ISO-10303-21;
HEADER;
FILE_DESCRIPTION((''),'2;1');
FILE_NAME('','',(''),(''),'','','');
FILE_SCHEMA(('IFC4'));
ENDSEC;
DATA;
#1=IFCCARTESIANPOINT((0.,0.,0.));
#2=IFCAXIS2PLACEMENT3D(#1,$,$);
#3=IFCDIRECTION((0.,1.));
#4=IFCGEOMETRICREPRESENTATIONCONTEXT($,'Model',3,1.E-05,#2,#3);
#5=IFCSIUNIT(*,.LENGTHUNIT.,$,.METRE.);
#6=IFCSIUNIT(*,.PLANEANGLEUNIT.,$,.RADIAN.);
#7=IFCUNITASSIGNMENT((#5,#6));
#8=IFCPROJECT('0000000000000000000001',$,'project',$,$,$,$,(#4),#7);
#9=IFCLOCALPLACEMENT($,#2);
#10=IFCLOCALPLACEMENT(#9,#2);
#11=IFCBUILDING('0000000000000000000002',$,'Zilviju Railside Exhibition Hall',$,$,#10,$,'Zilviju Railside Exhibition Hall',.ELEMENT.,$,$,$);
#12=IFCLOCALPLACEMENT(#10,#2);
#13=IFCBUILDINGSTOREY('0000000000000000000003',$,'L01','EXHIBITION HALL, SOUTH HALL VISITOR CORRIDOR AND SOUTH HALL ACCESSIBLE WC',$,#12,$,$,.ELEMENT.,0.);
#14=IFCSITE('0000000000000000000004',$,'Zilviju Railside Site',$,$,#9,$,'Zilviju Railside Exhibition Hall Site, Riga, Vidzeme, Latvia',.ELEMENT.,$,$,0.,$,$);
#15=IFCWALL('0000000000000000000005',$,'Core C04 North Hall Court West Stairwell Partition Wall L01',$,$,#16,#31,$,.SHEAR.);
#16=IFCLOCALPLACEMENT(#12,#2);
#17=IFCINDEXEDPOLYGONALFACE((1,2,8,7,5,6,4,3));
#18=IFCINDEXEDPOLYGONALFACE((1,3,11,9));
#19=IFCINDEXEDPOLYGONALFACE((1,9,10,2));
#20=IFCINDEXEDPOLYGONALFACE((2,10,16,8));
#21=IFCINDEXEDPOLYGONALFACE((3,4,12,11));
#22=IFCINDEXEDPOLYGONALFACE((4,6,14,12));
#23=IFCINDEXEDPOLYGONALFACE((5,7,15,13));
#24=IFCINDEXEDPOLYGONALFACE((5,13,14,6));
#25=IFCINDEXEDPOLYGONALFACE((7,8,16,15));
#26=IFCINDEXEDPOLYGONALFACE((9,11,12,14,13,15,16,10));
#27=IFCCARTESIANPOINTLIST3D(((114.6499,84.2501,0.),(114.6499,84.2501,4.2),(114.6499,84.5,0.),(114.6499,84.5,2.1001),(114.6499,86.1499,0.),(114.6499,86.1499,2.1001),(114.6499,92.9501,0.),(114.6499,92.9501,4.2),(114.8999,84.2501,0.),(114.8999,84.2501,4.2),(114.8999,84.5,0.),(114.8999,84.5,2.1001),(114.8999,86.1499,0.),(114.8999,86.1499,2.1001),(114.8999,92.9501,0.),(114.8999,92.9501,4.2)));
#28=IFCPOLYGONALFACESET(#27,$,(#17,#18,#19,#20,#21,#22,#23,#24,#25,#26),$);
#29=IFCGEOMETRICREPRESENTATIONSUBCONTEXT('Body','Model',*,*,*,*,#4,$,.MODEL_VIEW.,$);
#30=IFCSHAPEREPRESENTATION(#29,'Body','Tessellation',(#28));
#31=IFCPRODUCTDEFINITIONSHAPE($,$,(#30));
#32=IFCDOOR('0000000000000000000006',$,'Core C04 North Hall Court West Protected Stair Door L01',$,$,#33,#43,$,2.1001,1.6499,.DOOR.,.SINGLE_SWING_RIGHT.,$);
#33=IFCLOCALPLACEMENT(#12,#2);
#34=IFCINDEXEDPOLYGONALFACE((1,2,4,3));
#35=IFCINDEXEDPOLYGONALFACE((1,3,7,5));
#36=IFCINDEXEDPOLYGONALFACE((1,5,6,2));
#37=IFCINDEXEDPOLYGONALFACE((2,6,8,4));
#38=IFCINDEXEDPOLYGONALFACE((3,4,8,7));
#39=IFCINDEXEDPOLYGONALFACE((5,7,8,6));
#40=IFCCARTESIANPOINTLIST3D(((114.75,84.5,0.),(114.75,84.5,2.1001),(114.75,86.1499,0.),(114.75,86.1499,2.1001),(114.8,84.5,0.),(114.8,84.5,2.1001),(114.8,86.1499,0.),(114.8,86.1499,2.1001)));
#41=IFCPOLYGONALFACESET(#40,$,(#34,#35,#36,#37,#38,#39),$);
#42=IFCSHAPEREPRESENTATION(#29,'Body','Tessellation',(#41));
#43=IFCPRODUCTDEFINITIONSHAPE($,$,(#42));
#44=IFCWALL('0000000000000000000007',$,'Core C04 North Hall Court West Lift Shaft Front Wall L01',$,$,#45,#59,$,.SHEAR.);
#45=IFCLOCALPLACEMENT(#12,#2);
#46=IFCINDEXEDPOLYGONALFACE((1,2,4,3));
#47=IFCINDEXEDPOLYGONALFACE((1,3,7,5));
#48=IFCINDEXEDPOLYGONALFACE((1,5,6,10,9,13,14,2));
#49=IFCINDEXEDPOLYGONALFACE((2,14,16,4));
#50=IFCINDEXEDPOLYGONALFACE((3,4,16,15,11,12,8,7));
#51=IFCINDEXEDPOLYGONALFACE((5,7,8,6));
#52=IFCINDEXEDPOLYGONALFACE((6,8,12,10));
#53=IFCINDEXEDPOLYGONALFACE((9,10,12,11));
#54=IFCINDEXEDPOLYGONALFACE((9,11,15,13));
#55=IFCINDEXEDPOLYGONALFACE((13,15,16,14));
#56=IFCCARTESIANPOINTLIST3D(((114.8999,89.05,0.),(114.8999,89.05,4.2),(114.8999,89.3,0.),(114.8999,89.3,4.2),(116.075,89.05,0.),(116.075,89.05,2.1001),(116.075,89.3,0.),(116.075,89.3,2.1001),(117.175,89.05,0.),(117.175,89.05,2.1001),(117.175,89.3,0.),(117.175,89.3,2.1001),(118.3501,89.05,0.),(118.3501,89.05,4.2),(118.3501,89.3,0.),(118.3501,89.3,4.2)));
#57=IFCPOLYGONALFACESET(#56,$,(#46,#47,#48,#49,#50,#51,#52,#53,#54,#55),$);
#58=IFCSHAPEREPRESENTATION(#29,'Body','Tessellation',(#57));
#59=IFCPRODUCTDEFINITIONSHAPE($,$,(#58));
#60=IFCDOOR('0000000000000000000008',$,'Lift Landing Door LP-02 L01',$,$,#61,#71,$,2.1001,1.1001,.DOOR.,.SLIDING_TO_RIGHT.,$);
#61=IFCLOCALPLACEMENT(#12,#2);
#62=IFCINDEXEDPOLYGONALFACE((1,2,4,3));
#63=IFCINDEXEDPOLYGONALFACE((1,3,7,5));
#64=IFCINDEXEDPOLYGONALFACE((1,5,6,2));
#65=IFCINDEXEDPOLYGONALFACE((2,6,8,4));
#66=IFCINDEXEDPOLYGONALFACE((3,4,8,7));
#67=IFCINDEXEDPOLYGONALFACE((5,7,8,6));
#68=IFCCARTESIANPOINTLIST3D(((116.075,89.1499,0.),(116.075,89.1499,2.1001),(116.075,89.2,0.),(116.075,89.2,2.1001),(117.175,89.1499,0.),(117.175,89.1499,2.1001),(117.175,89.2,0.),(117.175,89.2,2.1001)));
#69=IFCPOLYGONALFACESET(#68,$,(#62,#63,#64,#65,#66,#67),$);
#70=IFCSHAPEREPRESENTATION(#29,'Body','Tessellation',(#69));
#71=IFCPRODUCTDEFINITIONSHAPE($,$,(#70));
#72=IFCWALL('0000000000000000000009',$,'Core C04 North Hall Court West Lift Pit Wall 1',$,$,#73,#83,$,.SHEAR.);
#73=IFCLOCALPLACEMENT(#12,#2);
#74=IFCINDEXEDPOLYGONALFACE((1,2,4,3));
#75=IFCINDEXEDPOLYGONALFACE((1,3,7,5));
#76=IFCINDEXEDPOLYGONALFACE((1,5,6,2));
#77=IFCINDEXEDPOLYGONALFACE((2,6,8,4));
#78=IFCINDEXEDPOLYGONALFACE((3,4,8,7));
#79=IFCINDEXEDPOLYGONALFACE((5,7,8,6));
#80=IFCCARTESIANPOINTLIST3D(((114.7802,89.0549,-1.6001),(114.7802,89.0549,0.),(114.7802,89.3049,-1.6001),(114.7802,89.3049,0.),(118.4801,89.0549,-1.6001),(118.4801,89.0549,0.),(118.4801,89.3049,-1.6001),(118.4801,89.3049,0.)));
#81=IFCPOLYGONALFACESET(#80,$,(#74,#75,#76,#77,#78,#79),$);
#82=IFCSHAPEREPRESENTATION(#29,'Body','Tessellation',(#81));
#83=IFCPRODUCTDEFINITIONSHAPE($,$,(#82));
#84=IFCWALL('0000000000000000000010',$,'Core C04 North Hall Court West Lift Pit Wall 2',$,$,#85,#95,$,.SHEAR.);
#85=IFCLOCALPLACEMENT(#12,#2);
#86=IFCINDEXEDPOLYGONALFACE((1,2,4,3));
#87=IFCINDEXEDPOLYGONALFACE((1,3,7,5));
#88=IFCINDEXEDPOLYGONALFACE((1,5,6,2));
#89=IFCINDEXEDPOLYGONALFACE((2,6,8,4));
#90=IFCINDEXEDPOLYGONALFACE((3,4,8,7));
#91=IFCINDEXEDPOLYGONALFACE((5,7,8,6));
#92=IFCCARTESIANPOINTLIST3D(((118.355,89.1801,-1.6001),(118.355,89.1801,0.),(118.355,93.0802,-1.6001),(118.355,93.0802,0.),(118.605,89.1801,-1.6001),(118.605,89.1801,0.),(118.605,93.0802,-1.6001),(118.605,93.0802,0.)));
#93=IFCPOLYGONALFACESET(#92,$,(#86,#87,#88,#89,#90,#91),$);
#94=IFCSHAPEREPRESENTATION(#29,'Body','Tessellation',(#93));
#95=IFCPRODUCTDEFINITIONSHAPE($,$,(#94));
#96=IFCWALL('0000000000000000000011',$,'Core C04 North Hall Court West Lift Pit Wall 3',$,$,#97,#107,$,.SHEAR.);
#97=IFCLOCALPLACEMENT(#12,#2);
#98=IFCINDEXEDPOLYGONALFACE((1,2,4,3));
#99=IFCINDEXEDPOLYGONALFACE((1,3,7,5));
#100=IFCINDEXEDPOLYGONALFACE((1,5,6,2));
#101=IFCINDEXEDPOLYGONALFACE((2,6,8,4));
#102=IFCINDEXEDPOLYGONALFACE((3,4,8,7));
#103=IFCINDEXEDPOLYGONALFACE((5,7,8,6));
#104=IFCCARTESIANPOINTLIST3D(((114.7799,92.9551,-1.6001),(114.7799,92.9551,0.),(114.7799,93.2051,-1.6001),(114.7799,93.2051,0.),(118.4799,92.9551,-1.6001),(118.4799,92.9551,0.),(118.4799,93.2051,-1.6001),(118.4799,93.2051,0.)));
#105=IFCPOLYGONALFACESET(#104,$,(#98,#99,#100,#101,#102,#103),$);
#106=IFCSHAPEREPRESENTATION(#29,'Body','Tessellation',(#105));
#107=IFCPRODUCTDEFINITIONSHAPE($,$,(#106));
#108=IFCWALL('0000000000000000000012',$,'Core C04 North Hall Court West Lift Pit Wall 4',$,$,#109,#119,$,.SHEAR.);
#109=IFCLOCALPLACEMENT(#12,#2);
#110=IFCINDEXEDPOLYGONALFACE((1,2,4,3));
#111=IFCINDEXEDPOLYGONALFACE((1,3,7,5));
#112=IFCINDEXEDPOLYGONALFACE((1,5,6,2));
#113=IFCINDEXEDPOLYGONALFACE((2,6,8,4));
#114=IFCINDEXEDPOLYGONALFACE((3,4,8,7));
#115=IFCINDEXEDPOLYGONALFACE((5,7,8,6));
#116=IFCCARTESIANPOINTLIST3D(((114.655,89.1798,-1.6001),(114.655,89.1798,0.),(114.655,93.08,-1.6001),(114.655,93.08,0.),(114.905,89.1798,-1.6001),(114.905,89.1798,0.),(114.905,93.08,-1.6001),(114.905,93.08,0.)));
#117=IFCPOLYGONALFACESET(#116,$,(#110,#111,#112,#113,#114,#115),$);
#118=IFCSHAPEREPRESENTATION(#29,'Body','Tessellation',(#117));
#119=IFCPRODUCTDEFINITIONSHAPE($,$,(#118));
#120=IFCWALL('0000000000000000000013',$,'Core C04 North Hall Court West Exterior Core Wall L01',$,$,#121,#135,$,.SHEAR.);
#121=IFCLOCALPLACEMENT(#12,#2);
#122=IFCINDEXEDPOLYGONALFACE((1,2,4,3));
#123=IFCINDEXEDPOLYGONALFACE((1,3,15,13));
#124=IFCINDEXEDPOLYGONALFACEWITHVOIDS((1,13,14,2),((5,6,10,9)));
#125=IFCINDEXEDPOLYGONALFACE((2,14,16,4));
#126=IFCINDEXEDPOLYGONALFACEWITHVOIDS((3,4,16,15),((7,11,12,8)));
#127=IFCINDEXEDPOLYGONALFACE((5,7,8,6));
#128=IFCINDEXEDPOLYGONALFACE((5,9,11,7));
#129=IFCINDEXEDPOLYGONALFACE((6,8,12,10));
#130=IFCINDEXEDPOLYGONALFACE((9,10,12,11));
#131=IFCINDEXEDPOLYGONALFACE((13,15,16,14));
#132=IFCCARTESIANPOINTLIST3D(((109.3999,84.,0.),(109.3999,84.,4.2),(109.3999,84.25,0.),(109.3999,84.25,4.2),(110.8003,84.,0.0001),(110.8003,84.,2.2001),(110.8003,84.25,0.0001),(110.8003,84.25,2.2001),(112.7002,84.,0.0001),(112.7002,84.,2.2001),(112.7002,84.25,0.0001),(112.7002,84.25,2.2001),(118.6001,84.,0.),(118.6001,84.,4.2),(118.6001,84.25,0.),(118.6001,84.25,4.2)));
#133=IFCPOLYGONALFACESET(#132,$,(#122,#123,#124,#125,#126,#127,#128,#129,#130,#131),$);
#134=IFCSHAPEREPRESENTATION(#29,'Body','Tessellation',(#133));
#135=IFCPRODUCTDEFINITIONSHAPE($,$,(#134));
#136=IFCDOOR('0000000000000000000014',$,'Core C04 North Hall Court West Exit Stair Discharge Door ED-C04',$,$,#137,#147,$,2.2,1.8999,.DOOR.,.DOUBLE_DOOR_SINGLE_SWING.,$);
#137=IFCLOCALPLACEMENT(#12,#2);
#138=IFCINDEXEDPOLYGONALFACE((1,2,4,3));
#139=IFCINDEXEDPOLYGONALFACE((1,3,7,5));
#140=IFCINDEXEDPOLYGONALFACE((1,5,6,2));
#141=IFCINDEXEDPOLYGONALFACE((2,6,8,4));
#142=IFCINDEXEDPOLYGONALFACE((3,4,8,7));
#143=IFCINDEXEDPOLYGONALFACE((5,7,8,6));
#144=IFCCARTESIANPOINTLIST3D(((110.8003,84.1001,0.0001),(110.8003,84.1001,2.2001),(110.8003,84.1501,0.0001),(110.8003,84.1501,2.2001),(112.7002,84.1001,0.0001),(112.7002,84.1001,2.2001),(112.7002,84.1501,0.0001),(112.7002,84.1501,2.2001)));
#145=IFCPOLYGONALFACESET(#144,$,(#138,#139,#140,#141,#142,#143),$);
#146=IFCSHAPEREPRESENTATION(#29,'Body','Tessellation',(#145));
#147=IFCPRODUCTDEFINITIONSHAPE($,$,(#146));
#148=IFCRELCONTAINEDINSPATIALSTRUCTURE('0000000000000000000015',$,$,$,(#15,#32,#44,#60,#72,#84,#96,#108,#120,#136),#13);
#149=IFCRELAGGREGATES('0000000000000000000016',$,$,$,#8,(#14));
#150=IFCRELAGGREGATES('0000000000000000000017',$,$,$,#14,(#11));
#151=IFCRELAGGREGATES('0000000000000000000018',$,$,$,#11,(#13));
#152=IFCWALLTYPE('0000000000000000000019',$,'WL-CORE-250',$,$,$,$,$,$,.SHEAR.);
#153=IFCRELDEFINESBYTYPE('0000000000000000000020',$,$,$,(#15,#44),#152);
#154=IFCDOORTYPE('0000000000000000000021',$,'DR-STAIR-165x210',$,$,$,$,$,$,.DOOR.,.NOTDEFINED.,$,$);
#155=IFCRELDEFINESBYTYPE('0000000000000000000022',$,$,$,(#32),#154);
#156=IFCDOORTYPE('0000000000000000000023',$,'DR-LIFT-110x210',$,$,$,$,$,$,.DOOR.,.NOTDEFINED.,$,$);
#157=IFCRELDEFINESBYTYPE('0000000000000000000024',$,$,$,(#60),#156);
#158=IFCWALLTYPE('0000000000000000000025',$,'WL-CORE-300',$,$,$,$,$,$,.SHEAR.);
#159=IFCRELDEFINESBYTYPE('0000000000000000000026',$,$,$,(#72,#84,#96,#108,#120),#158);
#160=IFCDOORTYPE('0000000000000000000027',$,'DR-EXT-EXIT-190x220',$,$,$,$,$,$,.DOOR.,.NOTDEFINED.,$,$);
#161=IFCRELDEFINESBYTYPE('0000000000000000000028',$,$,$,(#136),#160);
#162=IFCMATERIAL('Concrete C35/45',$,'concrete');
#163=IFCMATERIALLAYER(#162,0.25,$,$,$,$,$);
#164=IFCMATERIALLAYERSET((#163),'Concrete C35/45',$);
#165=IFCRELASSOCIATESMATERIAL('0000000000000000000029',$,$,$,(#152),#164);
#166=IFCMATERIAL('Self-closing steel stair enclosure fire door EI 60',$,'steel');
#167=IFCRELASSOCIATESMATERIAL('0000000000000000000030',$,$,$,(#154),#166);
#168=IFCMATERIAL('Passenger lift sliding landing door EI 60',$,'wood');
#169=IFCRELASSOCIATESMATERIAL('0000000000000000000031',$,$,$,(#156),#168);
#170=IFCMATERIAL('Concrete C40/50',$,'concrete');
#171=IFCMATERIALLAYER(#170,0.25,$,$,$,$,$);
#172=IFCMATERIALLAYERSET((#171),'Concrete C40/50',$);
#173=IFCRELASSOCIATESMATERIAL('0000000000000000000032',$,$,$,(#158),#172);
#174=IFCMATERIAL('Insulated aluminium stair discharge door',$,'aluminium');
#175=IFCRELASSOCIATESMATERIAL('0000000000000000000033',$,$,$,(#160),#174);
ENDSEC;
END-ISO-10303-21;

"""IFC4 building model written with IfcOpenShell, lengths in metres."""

from ifc_helpers import new_model, si_unit, direction, frame, frame_2d, origin, place, context, subcontext, project, spatial, rectangle, extrude, material, layer, layer_set, type_object, element, fill, save


model = new_model("IFC4")

# Units and contexts
model_context = context("Model", 3, precision=1e-05, world=origin(), true_north=direction((0.0, 1.0)))
body_context = subcontext(model_context, "Body", "Model", "MODEL_VIEW")
ifc_project = project(units=[si_unit("LENGTHUNIT", "METRE"), si_unit("PLANEANGLEUNIT", "RADIAN")], contexts=[model_context])

# Site, building, storey
site_placement = place(None, origin())
site = spatial("IfcSite", under=ifc_project, at=site_placement, Name="Zilviju Railside Site", LongName="Zilviju Railside Exhibition Hall Site, Riga, Vidzeme, Latvia", CompositionType="ELEMENT", RefElevation=0.0)
building_placement = place(site_placement, origin())
building = spatial("IfcBuilding", under=site, at=building_placement, Name="Zilviju Railside Exhibition Hall", LongName="Zilviju Railside Exhibition Hall", CompositionType="ELEMENT")
storey_placement = place(building_placement, origin())
storey = spatial("IfcBuildingStorey", under=building, at=storey_placement, Name="L01", Description="EXHIBITION HALL, SOUTH HALL VISITOR CORRIDOR AND SOUTH HALL ACCESSIBLE WC", CompositionType="ELEMENT", Elevation=0.0)

# Shared definitions
ifc_material_1 = material(Name="Concrete C35/45", Category="concrete")
ifc_material_2 = material(Name="Concrete C40/50", Category="concrete")

# Shared definitions
ifc_layer_1 = layer(ifc_material_1, 0.25)
ifc_layer_set_1 = layer_set([ifc_layer_1], Name="Concrete C35/45")
wall_type_1 = type_object("IfcWallType", Name="WL-CORE-250", PredefinedType="SHEAR", material=ifc_layer_set_1)

# Walls, openings, doors
wall_1_placement = place(storey_placement, frame((114.7749, 84.25, 0.0), z_axis=(0.0, 0.0, 1.0), x_axis=(0.0, 1.0, 0.0)))
wall_1 = element("IfcWall", 1, at=wall_1_placement, inside=storey, type_object=wall_type_1, Name="Core C04 North Hall Court West Stairwell Partition Wall L01", PredefinedType="SHEAR", context=body_context, shape_type="SweptSolid", body=[
    extrude(rectangle(XDim=8.7, YDim=0.25, at=frame_2d((4.3501, 0.0))), origin(), (0.0, 0.0, 1.0), 4.2),
])
opening_1_placement = place(wall_1_placement, frame((0.25, 0.0, 0.0)))
opening_1 = element("IfcOpeningElement", 2, at=opening_1_placement, cuts=wall_1, PredefinedType="OPENING", context=body_context, shape_type="SweptSolid", body=[
    extrude(rectangle(XDim=1.6499, YDim=2.1001, at=frame_2d((0.825, 1.05))), frame((0.0, 0.135, 0.0), z_axis=(0.0, -1.0, 0.0), x_axis=(1.0, 0.0, 0.0)), (0.0, 0.0, 1.0), 0.27),
])
ifc_material_3 = material(Name="Self-closing steel stair enclosure fire door EI 60", Category="steel")
door_type_1 = type_object("IfcDoorType", Name="DR-STAIR-165x210", OperationType="NOTDEFINED", PredefinedType="DOOR", material=ifc_material_3)
door_1_placement = place(opening_1_placement, origin())
door_1 = element("IfcDoor", 3, at=door_1_placement, inside=storey, type_object=door_type_1, Name="Core C04 North Hall Court West Protected Stair Door L01", OperationType="SINGLE_SWING_RIGHT", OverallHeight=2.1001, OverallWidth=1.6499, PredefinedType="DOOR", context=body_context, shape_type="SweptSolid", body=[
    extrude(rectangle(XDim=1.6499, YDim=2.1001, at=frame_2d((0.825, 1.05))), frame((0.0, 0.0249, 0.0), z_axis=(0.0, -1.0, 0.0), x_axis=(1.0, 0.0, 0.0)), (0.0, 0.0, 1.0), 0.05),
])
fill(opening_1, door_1)
wall_2_placement = place(storey_placement, frame((114.8999, 89.175, 0.0), z_axis=(0.0, 0.0, 1.0), x_axis=(1.0, 0.0, 0.0)))
wall_2 = element("IfcWall", 4, at=wall_2_placement, inside=storey, type_object=wall_type_1, Name="Core C04 North Hall Court West Lift Shaft Front Wall L01", PredefinedType="SHEAR", context=body_context, shape_type="SweptSolid", body=[
    extrude(rectangle(XDim=3.4502, YDim=0.25, at=frame_2d((1.7251, 0.0))), origin(), (0.0, 0.0, 1.0), 4.2),
])
opening_2_placement = place(wall_2_placement, frame((1.175, 0.0, 0.0)))
opening_2 = element("IfcOpeningElement", 5, at=opening_2_placement, cuts=wall_2, PredefinedType="OPENING", context=body_context, shape_type="SweptSolid", body=[
    extrude(rectangle(XDim=1.1001, YDim=2.1001, at=frame_2d((0.55, 1.05))), frame((0.0, 0.135, 0.0), z_axis=(0.0, -1.0, 0.0), x_axis=(1.0, 0.0, 0.0)), (0.0, 0.0, 1.0), 0.27),
])
ifc_material_4 = material(Name="Passenger lift sliding landing door EI 60", Category="wood")
door_type_2 = type_object("IfcDoorType", Name="DR-LIFT-110x210", OperationType="NOTDEFINED", PredefinedType="DOOR", material=ifc_material_4)
door_2_placement = place(opening_2_placement, origin())
door_2 = element("IfcDoor", 6, at=door_2_placement, inside=storey, type_object=door_type_2, Name="Lift Landing Door LP-02 L01", OperationType="SLIDING_TO_RIGHT", OverallHeight=2.1001, OverallWidth=1.1001, PredefinedType="DOOR", context=body_context, shape_type="SweptSolid", body=[
    extrude(rectangle(XDim=1.1001, YDim=2.1001, at=frame_2d((0.55, 1.05))), frame((0.0, 0.0249, 0.0), z_axis=(0.0, -1.0, 0.0), x_axis=(1.0, 0.0, 0.0)), (0.0, 0.0, 1.0), 0.05),
])
fill(opening_2, door_2)

# Walls
ifc_layer_2 = layer(ifc_material_2, 0.25)
ifc_layer_set_2 = layer_set([ifc_layer_2], Name="Concrete C40/50")
wall_type_2 = type_object("IfcWallType", Name="WL-CORE-300", PredefinedType="SHEAR", material=ifc_layer_set_2)
wall_3_placement = place(storey_placement, frame((114.78, 89.1799, -1.6001), z_axis=(0.0, 0.0, 1.0), x_axis=(1.0, 0.0, 0.0)))
element("IfcWall", 7, at=wall_3_placement, inside=storey, type_object=wall_type_2, Name="Core C04 North Hall Court West Lift Pit Wall 1", PredefinedType="SHEAR", context=body_context, shape_type="SweptSolid", body=[
    extrude(rectangle(XDim=3.7, YDim=0.25, at=frame_2d((1.8501, 0.0))), origin(), (0.0, 0.0, 1.0), 1.6001),
])
wall_4_placement = place(storey_placement, frame((118.48, 89.1799, -1.6001), z_axis=(0.0, 0.0, 1.0), x_axis=(0.0, 1.0, 0.0)))
element("IfcWall", 8, at=wall_4_placement, inside=storey, type_object=wall_type_2, Name="Core C04 North Hall Court West Lift Pit Wall 2", PredefinedType="SHEAR", context=body_context, shape_type="SweptSolid", body=[
    extrude(rectangle(XDim=3.9001, YDim=0.25, at=frame_2d((1.9502, 0.0))), origin(), (0.0, 0.0, 1.0), 1.6001),
])
wall_5_placement = place(storey_placement, frame((118.48, 93.0801, -1.6001), z_axis=(0.0, 0.0, 1.0), x_axis=(-1.0, 0.0, 0.0)))
element("IfcWall", 9, at=wall_5_placement, inside=storey, type_object=wall_type_2, Name="Core C04 North Hall Court West Lift Pit Wall 3", PredefinedType="SHEAR", context=body_context, shape_type="SweptSolid", body=[
    extrude(rectangle(XDim=3.7, YDim=0.25, at=frame_2d((1.8501, 0.0))), origin(), (0.0, 0.0, 1.0), 1.6001),
])
wall_6_placement = place(storey_placement, frame((114.78, 93.0801, -1.6001), z_axis=(0.0, 0.0, 1.0), x_axis=(0.0, -1.0, 0.0)))
element("IfcWall", 10, at=wall_6_placement, inside=storey, type_object=wall_type_2, Name="Core C04 North Hall Court West Lift Pit Wall 4", PredefinedType="SHEAR", context=body_context, shape_type="SweptSolid", body=[
    extrude(rectangle(XDim=3.9001, YDim=0.25, at=frame_2d((1.9502, 0.0))), origin(), (0.0, 0.0, 1.0), 1.6001),
])

# Wall, opening, door
wall_7_placement = place(storey_placement, frame((118.6001, 84.125, 0.0), z_axis=(0.0, 0.0, 1.0), x_axis=(-1.0, 0.0, 0.0)))
wall_7 = element("IfcWall", 11, at=wall_7_placement, inside=storey, type_object=wall_type_2, Name="Core C04 North Hall Court West Exterior Core Wall L01", PredefinedType="SHEAR", context=body_context, shape_type="SweptSolid", body=[
    extrude(rectangle(XDim=9.2002, YDim=0.25, at=frame_2d((4.6001, 0.0))), origin(), (0.0, 0.0, 1.0), 4.2),
])
opening_3_placement = place(wall_7_placement, frame((5.8999, 0.0, 0.0)))
opening_3 = element("IfcOpeningElement", 12, at=opening_3_placement, cuts=wall_7, PredefinedType="OPENING", context=body_context, shape_type="SweptSolid", body=[
    extrude(rectangle(XDim=1.8999, YDim=2.2, at=frame_2d((0.95, 1.1001))), frame((0.0, 0.135, 0.0), z_axis=(0.0, -1.0, 0.0), x_axis=(1.0, 0.0, 0.0)), (0.0, 0.0, 1.0), 0.27),
])
ifc_material_5 = material(Name="Insulated aluminium stair discharge door", Category="aluminium")
door_type_3 = type_object("IfcDoorType", Name="DR-EXT-EXIT-190x220", OperationType="NOTDEFINED", PredefinedType="DOOR", material=ifc_material_5)
door_3_placement = place(opening_3_placement, origin())
door_3 = element("IfcDoor", 13, at=door_3_placement, inside=storey, type_object=door_type_3, Name="Core C04 North Hall Court West Exit Stair Discharge Door ED-C04", OperationType="DOUBLE_DOOR_SINGLE_SWING", OverallHeight=2.2, OverallWidth=1.8999, PredefinedType="DOOR", context=body_context, shape_type="SweptSolid", body=[
    extrude(rectangle(XDim=1.8999, YDim=2.2, at=frame_2d((0.95, 1.1001))), frame((0.0, 0.0249, 0.0), z_axis=(0.0, -1.0, 0.0), x_axis=(1.0, 0.0, 0.0)), (0.0, 0.0, 1.0), 0.05),
])
fill(opening_3, door_3)

save(model, "model.ifc")
